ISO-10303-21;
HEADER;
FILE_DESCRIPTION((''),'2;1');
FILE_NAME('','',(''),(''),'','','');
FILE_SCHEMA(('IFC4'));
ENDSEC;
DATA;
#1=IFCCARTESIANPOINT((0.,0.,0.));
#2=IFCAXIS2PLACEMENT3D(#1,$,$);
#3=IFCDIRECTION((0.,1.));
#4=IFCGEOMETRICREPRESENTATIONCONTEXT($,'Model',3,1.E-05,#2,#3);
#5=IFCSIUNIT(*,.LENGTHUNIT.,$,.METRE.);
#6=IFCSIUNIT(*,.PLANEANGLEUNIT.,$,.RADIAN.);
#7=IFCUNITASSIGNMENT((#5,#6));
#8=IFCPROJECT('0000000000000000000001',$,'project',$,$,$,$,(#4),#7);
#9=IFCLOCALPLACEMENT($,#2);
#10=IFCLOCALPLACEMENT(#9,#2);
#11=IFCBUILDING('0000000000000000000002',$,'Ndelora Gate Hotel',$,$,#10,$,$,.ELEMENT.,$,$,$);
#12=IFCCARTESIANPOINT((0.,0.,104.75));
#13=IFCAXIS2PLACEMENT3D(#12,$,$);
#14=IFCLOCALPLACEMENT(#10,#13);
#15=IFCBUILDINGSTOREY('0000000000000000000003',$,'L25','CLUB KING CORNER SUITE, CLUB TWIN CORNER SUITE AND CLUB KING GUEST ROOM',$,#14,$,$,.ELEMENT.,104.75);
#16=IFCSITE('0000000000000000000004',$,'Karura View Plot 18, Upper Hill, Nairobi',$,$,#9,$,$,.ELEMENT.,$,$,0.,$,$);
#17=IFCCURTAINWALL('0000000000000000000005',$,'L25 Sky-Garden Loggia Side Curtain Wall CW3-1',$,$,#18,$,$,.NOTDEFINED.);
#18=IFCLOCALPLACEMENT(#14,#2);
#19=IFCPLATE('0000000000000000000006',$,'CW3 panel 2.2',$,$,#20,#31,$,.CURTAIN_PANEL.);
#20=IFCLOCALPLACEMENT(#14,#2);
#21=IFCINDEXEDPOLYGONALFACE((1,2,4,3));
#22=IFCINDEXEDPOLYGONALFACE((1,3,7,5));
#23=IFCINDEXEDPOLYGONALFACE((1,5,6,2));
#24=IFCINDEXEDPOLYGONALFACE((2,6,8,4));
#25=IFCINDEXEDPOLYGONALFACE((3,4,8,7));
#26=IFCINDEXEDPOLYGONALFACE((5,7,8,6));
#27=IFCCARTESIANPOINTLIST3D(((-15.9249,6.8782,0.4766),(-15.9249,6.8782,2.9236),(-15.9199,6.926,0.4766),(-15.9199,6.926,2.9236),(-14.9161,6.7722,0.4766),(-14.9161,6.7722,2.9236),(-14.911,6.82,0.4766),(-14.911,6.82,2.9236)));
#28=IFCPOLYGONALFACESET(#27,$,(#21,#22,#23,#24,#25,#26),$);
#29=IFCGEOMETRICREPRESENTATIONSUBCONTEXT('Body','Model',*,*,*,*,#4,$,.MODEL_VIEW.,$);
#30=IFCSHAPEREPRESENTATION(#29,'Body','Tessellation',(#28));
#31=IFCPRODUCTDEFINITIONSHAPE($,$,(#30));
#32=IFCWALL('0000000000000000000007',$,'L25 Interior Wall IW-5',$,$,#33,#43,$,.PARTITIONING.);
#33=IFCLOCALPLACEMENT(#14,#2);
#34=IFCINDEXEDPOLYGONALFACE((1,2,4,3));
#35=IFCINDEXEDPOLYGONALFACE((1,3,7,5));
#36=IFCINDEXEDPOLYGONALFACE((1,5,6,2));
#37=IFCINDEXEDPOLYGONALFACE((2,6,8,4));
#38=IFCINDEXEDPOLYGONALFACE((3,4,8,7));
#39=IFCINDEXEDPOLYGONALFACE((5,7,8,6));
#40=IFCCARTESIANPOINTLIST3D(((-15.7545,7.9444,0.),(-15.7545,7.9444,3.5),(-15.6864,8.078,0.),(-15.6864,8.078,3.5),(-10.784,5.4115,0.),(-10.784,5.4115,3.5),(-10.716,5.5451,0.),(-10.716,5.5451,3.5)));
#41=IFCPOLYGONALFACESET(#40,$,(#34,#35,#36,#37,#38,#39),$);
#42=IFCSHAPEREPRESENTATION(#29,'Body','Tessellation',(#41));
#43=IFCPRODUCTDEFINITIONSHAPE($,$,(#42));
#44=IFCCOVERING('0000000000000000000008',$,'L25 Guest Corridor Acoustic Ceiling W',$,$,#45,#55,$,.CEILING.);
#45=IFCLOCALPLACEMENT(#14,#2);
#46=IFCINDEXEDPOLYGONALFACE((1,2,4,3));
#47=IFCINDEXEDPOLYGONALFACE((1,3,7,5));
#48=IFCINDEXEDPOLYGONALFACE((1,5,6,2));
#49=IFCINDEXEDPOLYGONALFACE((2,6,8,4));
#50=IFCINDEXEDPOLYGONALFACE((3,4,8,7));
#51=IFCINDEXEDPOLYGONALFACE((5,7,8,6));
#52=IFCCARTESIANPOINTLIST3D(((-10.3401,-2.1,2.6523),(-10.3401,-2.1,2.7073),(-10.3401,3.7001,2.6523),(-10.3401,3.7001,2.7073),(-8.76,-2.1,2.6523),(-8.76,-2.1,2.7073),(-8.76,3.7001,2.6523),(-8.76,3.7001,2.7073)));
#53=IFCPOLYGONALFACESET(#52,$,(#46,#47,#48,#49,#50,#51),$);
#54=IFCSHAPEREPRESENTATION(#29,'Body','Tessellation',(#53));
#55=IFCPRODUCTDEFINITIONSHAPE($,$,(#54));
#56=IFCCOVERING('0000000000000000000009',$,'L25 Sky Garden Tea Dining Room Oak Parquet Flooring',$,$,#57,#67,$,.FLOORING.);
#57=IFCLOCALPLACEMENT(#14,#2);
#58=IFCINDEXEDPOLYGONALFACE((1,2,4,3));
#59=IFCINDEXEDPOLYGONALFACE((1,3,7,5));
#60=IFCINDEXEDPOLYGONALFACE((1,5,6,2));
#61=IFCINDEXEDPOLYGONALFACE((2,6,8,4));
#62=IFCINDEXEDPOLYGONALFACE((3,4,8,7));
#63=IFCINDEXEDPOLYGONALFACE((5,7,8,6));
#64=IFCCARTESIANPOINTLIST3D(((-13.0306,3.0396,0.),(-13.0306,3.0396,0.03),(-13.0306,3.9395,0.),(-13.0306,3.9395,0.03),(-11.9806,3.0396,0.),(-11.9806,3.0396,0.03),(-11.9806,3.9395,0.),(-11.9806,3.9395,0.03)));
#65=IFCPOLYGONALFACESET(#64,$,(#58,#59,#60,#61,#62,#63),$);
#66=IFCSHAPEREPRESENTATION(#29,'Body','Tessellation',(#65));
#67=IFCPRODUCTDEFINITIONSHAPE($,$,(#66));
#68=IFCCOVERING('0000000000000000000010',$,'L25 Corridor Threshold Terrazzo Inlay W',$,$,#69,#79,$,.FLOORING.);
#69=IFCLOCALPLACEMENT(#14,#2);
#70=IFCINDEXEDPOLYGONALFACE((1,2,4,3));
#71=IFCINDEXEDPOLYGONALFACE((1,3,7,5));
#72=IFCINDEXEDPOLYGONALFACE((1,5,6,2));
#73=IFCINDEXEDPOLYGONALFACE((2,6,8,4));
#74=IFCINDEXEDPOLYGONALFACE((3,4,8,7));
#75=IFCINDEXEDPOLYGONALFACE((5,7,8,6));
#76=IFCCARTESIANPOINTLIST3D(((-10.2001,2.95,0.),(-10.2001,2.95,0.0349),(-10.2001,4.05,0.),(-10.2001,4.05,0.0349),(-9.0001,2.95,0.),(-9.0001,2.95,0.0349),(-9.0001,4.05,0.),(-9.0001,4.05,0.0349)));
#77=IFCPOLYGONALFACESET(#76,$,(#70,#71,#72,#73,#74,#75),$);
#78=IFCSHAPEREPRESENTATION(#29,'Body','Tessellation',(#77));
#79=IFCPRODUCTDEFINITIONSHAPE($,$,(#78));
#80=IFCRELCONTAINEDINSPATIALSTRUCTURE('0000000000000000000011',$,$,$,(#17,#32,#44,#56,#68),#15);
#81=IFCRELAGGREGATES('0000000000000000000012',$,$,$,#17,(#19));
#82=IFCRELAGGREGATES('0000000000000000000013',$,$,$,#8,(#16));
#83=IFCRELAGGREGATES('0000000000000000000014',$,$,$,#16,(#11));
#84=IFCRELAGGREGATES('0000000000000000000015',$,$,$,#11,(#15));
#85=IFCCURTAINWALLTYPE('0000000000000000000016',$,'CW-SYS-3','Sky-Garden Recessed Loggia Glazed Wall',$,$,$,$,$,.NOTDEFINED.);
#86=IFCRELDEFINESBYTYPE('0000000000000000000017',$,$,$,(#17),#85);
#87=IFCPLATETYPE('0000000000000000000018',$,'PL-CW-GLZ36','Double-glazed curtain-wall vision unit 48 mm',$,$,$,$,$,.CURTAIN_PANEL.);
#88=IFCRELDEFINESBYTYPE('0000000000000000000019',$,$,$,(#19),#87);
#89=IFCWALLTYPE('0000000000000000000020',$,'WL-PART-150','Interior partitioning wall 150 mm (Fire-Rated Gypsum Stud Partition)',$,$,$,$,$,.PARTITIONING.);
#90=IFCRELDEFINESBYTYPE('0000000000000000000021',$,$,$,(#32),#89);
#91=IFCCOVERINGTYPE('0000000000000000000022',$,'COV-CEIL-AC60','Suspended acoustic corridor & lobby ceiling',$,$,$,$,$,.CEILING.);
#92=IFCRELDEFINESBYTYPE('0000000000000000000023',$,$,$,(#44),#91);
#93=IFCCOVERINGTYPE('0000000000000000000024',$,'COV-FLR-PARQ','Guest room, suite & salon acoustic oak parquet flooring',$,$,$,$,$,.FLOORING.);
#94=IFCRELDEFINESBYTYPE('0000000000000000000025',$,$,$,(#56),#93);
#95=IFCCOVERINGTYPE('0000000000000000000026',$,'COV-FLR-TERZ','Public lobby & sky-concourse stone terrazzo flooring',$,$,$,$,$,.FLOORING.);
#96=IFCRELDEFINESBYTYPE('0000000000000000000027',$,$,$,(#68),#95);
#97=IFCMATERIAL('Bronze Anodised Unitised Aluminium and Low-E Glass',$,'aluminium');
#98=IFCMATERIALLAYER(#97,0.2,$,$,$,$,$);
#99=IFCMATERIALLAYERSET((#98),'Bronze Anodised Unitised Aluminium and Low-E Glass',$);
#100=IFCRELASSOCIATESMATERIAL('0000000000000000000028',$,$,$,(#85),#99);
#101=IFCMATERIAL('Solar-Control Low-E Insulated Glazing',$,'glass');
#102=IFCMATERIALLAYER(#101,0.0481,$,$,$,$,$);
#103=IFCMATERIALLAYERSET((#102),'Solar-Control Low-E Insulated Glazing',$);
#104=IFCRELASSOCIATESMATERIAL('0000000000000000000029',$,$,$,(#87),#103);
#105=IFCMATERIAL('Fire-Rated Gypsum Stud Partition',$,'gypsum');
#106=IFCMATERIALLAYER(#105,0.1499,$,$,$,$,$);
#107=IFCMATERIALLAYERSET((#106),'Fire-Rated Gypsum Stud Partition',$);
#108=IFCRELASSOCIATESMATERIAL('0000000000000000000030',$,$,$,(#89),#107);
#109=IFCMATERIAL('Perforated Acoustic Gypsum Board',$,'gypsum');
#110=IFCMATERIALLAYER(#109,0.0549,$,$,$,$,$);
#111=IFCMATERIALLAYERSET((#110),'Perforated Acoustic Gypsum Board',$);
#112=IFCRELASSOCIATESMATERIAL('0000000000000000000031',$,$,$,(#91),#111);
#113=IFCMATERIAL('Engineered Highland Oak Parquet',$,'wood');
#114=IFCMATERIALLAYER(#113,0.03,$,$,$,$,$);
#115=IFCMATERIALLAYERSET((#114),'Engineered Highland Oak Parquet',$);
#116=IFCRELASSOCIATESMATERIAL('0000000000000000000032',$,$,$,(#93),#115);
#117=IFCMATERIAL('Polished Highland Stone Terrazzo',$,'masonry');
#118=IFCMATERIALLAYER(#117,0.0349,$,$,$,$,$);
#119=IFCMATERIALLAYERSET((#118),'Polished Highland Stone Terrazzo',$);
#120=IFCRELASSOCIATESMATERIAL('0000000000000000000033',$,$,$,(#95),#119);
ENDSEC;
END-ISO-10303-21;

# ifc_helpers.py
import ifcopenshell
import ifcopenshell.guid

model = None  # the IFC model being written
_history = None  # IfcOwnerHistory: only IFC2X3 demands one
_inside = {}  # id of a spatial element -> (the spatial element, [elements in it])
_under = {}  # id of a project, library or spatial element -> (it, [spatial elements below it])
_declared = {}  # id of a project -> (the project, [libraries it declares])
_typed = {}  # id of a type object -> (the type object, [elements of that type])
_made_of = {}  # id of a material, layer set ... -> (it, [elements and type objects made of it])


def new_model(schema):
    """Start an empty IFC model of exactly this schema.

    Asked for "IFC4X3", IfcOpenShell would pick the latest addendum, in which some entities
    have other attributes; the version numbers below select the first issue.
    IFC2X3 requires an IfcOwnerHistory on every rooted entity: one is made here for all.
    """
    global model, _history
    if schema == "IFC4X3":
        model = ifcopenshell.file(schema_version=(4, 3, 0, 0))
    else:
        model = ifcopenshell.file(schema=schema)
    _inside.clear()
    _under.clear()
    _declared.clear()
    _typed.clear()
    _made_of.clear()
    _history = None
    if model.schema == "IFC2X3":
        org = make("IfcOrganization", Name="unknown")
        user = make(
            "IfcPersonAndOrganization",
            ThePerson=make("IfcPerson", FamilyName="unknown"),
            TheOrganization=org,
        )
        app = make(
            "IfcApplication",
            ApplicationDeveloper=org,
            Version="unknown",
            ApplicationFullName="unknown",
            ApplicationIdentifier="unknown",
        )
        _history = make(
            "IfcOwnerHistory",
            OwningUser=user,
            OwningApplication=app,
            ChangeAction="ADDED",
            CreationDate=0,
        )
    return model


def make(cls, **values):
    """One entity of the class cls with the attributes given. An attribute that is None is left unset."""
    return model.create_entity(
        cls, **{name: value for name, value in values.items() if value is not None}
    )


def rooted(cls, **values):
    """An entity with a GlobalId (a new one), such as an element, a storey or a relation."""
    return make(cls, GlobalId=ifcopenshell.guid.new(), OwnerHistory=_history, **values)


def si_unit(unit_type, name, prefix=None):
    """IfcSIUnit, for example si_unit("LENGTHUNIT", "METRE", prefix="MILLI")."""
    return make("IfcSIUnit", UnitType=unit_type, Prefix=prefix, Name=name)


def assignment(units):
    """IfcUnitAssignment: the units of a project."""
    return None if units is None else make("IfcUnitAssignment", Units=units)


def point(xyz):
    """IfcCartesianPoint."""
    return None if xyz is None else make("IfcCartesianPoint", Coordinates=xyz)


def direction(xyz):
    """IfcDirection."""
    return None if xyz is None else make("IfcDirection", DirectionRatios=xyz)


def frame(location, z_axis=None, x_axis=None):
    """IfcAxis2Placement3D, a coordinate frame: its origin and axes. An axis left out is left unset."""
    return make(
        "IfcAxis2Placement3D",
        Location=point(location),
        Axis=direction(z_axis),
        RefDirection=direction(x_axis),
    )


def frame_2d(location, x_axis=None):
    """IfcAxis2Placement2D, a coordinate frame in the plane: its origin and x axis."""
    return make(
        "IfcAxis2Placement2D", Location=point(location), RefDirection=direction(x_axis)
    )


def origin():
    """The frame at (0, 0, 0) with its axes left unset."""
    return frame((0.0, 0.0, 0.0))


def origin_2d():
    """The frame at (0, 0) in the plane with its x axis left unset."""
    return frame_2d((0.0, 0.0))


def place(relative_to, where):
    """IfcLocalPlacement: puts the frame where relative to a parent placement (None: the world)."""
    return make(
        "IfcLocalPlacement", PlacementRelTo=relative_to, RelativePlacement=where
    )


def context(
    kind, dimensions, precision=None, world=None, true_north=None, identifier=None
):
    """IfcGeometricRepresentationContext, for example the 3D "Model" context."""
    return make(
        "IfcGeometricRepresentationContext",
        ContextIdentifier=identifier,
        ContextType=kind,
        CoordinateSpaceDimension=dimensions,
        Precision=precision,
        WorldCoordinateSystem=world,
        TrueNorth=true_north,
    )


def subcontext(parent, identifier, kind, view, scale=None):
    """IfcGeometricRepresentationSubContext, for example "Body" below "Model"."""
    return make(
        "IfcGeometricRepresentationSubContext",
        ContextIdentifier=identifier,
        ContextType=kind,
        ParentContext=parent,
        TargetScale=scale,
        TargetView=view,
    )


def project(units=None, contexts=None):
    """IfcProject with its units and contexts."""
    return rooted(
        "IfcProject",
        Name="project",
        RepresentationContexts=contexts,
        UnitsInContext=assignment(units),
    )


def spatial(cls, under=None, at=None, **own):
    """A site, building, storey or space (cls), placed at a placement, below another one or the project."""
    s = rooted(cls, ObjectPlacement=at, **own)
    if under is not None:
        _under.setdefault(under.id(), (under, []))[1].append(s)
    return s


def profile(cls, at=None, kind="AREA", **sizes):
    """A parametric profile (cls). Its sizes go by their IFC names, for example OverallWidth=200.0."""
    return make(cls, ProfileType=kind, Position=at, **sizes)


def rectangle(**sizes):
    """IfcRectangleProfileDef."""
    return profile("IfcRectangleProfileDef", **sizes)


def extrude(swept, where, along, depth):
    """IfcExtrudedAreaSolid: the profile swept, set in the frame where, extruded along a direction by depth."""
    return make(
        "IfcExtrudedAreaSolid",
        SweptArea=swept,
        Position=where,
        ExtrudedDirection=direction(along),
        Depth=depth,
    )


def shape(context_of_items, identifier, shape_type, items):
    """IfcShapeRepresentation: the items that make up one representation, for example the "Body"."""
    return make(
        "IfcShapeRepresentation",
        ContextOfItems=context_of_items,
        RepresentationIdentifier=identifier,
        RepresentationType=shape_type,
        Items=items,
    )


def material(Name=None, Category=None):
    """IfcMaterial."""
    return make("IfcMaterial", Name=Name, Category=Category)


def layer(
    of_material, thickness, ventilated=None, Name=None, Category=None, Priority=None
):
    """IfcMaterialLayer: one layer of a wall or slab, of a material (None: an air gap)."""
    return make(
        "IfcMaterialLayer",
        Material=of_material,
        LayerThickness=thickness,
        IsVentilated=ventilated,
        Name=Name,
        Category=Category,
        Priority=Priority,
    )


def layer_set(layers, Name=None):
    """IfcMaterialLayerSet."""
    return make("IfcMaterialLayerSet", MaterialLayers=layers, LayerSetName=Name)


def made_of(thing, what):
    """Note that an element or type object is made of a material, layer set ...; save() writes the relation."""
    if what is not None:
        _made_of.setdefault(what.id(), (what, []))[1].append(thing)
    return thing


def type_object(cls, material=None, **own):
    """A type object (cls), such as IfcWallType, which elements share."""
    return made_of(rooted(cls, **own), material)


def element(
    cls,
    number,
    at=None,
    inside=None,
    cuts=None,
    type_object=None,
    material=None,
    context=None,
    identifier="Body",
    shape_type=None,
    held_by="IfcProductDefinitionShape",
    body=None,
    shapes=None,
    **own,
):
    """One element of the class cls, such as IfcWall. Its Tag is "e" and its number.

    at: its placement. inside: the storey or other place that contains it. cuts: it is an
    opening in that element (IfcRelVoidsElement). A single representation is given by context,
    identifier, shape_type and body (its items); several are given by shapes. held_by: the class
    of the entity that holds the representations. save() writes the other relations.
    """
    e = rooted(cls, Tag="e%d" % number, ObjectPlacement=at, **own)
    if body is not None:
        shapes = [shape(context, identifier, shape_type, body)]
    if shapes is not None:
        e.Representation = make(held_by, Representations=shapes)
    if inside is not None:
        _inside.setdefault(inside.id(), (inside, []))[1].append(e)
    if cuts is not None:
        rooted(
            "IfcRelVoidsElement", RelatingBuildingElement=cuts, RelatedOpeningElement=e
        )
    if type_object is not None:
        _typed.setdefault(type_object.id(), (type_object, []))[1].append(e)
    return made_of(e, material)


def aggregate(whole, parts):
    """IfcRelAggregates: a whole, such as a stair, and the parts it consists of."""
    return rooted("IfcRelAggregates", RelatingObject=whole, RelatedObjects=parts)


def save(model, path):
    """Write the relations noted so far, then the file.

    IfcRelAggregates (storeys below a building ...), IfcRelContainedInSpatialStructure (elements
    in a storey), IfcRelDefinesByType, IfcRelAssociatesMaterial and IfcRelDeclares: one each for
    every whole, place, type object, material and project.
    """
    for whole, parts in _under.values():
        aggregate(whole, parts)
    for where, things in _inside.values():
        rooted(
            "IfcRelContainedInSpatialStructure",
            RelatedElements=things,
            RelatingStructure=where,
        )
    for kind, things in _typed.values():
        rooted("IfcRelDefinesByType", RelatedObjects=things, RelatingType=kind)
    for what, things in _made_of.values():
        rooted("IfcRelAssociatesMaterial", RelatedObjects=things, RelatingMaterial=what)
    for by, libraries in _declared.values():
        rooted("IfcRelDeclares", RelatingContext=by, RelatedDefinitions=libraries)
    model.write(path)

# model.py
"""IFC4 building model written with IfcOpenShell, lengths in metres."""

from ifc_helpers import new_model, si_unit, direction, frame, frame_2d, origin, origin_2d, place, context, subcontext, project, spatial, rectangle, extrude, material, layer, layer_set, type_object, element, aggregate, save


model = new_model("IFC4")

# Units and contexts
model_context = context("Model", 3, precision=1e-05, world=origin(), true_north=direction((0.0, 1.0)))
body_context = subcontext(model_context, "Body", "Model", "MODEL_VIEW")
ifc_project = project(units=[si_unit("LENGTHUNIT", "METRE"), si_unit("PLANEANGLEUNIT", "RADIAN")], contexts=[model_context])

# Site, building, storey
site_placement = place(None, origin())
site = spatial("IfcSite", under=ifc_project, at=site_placement, Name="Karura View Plot 18, Upper Hill, Nairobi", CompositionType="ELEMENT", RefElevation=0.0)
building_placement = place(site_placement, origin())
building = spatial("IfcBuilding", under=site, at=building_placement, Name="Ndelora Gate Hotel", CompositionType="ELEMENT")
storey_placement = place(building_placement, frame((0.0, 0.0, 104.75)))
storey = spatial("IfcBuildingStorey", under=building, at=storey_placement, Name="L25", Description="CLUB KING CORNER SUITE, CLUB TWIN CORNER SUITE AND CLUB KING GUEST ROOM", CompositionType="ELEMENT", Elevation=104.75)

# Curtain wall, plate
ifc_material_1 = material(Name="Bronze Anodised Unitised Aluminium and Low-E Glass", Category="aluminium")
ifc_layer_1 = layer(ifc_material_1, 0.2)
ifc_layer_set_1 = layer_set([ifc_layer_1], Name="Bronze Anodised Unitised Aluminium and Low-E Glass")
curtain_wall_type = type_object("IfcCurtainWallType", Name="CW-SYS-3", Description="Sky-Garden Recessed Loggia Glazed Wall", PredefinedType="NOTDEFINED", material=ifc_layer_set_1)
curtain_wall_placement = place(storey_placement, origin())
curtain_wall = element("IfcCurtainWall", 1, at=curtain_wall_placement, inside=storey, type_object=curtain_wall_type, Name="L25 Sky-Garden Loggia Side Curtain Wall CW3-1", PredefinedType="NOTDEFINED")
ifc_material_2 = material(Name="Solar-Control Low-E Insulated Glazing", Category="glass")
ifc_layer_2 = layer(ifc_material_2, 0.0481)
ifc_layer_set_2 = layer_set([ifc_layer_2], Name="Solar-Control Low-E Insulated Glazing")
plate_type = type_object("IfcPlateType", Name="PL-CW-GLZ36", Description="Double-glazed curtain-wall vision unit 48 mm", PredefinedType="CURTAIN_PANEL", material=ifc_layer_set_2)
plate_1_placement = place(storey_placement, frame((-15.418, 6.8491, 0.4766), z_axis=(0.0, 0.0, 1.0), x_axis=(-0.994525, 0.104503, 0.0)))
plate_1 = element("IfcPlate", 2, at=plate_1_placement, type_object=plate_type, Name="CW3 panel 2.2", PredefinedType="CURTAIN_PANEL", context=body_context, shape_type="SweptSolid", body=[
    extrude(rectangle(XDim=1.0144, YDim=0.0481, at=origin_2d()), origin(), (0.0, 0.0, 1.0), 2.447),
])
aggregate(curtain_wall, [plate_1])

# Wall
ifc_material_3 = material(Name="Fire-Rated Gypsum Stud Partition", Category="gypsum")
ifc_layer_3 = layer(ifc_material_3, 0.1499)
ifc_layer_set_3 = layer_set([ifc_layer_3], Name="Fire-Rated Gypsum Stud Partition")
wall_type = type_object("IfcWallType", Name="WL-PART-150", Description="Interior partitioning wall 150 mm (Fire-Rated Gypsum Stud Partition)", PredefinedType="PARTITIONING", material=ifc_layer_set_3)
wall_placement = place(storey_placement, frame((-10.75, 5.4783, 0.0), z_axis=(0.0, 0.0, 1.0), x_axis=(-0.890979, 0.454045, 0.0)))
element("IfcWall", 3, at=wall_placement, inside=storey, type_object=wall_type, Name="L25 Interior Wall IW-5", PredefinedType="PARTITIONING", context=body_context, shape_type="SweptSolid", body=[
    extrude(rectangle(XDim=5.5786, YDim=0.1499, at=frame_2d((2.7893, 0.0))), origin(), (0.0, 0.0, 1.0), 3.5),
])

# Coverings
ifc_material_4 = material(Name="Perforated Acoustic Gypsum Board", Category="gypsum")
ifc_layer_4 = layer(ifc_material_4, 0.0549)
ifc_layer_set_4 = layer_set([ifc_layer_4], Name="Perforated Acoustic Gypsum Board")
covering_type_1 = type_object("IfcCoveringType", Name="COV-CEIL-AC60", Description="Suspended acoustic corridor & lobby ceiling", PredefinedType="CEILING", material=ifc_layer_set_4)
covering_1_placement = place(storey_placement, frame((-9.55, 0.8, 2.6523), z_axis=(0.0, 0.0, 1.0), x_axis=(1.0, 0.0, 0.0)))
element("IfcCovering", 4, at=covering_1_placement, inside=storey, type_object=covering_type_1, Name="L25 Guest Corridor Acoustic Ceiling W", PredefinedType="CEILING", context=body_context, shape_type="SweptSolid", body=[
    extrude(rectangle(XDim=1.5801, YDim=5.8, at=origin_2d()), origin(), (0.0, 0.0, 1.0), 0.0549),
])
ifc_material_5 = material(Name="Engineered Highland Oak Parquet", Category="wood")
ifc_layer_5 = layer(ifc_material_5, 0.03)
ifc_layer_set_5 = layer_set([ifc_layer_5], Name="Engineered Highland Oak Parquet")
covering_type_2 = type_object("IfcCoveringType", Name="COV-FLR-PARQ", Description="Guest room, suite & salon acoustic oak parquet flooring", PredefinedType="FLOORING", material=ifc_layer_set_5)
covering_2_placement = place(storey_placement, frame((-12.5056, 3.4895, 0.0), z_axis=(0.0, 0.0, 1.0), x_axis=(1.0, 0.0, 0.0)))
element("IfcCovering", 5, at=covering_2_placement, inside=storey, type_object=covering_type_2, Name="L25 Sky Garden Tea Dining Room Oak Parquet Flooring", PredefinedType="FLOORING", context=body_context, shape_type="SweptSolid", body=[
    extrude(rectangle(XDim=1.05, YDim=0.8999, at=origin_2d()), origin(), (0.0, 0.0, 1.0), 0.03),
])
ifc_material_6 = material(Name="Polished Highland Stone Terrazzo", Category="masonry")
ifc_layer_6 = layer(ifc_material_6, 0.0349)
ifc_layer_set_6 = layer_set([ifc_layer_6], Name="Polished Highland Stone Terrazzo")
covering_type_3 = type_object("IfcCoveringType", Name="COV-FLR-TERZ", Description="Public lobby & sky-concourse stone terrazzo flooring", PredefinedType="FLOORING", material=ifc_layer_set_6)
covering_3_placement = place(storey_placement, frame((-9.6001, 3.5, 0.0), z_axis=(0.0, 0.0, 1.0), x_axis=(1.0, 0.0, 0.0)))
element("IfcCovering", 6, at=covering_3_placement, inside=storey, type_object=covering_type_3, Name="L25 Corridor Threshold Terrazzo Inlay W", PredefinedType="FLOORING", context=body_context, shape_type="SweptSolid", body=[
    extrude(rectangle(XDim=1.2, YDim=1.1001, at=origin_2d()), origin(), (0.0, 0.0, 1.0), 0.0349),
])

save(model, "model.ifc")
